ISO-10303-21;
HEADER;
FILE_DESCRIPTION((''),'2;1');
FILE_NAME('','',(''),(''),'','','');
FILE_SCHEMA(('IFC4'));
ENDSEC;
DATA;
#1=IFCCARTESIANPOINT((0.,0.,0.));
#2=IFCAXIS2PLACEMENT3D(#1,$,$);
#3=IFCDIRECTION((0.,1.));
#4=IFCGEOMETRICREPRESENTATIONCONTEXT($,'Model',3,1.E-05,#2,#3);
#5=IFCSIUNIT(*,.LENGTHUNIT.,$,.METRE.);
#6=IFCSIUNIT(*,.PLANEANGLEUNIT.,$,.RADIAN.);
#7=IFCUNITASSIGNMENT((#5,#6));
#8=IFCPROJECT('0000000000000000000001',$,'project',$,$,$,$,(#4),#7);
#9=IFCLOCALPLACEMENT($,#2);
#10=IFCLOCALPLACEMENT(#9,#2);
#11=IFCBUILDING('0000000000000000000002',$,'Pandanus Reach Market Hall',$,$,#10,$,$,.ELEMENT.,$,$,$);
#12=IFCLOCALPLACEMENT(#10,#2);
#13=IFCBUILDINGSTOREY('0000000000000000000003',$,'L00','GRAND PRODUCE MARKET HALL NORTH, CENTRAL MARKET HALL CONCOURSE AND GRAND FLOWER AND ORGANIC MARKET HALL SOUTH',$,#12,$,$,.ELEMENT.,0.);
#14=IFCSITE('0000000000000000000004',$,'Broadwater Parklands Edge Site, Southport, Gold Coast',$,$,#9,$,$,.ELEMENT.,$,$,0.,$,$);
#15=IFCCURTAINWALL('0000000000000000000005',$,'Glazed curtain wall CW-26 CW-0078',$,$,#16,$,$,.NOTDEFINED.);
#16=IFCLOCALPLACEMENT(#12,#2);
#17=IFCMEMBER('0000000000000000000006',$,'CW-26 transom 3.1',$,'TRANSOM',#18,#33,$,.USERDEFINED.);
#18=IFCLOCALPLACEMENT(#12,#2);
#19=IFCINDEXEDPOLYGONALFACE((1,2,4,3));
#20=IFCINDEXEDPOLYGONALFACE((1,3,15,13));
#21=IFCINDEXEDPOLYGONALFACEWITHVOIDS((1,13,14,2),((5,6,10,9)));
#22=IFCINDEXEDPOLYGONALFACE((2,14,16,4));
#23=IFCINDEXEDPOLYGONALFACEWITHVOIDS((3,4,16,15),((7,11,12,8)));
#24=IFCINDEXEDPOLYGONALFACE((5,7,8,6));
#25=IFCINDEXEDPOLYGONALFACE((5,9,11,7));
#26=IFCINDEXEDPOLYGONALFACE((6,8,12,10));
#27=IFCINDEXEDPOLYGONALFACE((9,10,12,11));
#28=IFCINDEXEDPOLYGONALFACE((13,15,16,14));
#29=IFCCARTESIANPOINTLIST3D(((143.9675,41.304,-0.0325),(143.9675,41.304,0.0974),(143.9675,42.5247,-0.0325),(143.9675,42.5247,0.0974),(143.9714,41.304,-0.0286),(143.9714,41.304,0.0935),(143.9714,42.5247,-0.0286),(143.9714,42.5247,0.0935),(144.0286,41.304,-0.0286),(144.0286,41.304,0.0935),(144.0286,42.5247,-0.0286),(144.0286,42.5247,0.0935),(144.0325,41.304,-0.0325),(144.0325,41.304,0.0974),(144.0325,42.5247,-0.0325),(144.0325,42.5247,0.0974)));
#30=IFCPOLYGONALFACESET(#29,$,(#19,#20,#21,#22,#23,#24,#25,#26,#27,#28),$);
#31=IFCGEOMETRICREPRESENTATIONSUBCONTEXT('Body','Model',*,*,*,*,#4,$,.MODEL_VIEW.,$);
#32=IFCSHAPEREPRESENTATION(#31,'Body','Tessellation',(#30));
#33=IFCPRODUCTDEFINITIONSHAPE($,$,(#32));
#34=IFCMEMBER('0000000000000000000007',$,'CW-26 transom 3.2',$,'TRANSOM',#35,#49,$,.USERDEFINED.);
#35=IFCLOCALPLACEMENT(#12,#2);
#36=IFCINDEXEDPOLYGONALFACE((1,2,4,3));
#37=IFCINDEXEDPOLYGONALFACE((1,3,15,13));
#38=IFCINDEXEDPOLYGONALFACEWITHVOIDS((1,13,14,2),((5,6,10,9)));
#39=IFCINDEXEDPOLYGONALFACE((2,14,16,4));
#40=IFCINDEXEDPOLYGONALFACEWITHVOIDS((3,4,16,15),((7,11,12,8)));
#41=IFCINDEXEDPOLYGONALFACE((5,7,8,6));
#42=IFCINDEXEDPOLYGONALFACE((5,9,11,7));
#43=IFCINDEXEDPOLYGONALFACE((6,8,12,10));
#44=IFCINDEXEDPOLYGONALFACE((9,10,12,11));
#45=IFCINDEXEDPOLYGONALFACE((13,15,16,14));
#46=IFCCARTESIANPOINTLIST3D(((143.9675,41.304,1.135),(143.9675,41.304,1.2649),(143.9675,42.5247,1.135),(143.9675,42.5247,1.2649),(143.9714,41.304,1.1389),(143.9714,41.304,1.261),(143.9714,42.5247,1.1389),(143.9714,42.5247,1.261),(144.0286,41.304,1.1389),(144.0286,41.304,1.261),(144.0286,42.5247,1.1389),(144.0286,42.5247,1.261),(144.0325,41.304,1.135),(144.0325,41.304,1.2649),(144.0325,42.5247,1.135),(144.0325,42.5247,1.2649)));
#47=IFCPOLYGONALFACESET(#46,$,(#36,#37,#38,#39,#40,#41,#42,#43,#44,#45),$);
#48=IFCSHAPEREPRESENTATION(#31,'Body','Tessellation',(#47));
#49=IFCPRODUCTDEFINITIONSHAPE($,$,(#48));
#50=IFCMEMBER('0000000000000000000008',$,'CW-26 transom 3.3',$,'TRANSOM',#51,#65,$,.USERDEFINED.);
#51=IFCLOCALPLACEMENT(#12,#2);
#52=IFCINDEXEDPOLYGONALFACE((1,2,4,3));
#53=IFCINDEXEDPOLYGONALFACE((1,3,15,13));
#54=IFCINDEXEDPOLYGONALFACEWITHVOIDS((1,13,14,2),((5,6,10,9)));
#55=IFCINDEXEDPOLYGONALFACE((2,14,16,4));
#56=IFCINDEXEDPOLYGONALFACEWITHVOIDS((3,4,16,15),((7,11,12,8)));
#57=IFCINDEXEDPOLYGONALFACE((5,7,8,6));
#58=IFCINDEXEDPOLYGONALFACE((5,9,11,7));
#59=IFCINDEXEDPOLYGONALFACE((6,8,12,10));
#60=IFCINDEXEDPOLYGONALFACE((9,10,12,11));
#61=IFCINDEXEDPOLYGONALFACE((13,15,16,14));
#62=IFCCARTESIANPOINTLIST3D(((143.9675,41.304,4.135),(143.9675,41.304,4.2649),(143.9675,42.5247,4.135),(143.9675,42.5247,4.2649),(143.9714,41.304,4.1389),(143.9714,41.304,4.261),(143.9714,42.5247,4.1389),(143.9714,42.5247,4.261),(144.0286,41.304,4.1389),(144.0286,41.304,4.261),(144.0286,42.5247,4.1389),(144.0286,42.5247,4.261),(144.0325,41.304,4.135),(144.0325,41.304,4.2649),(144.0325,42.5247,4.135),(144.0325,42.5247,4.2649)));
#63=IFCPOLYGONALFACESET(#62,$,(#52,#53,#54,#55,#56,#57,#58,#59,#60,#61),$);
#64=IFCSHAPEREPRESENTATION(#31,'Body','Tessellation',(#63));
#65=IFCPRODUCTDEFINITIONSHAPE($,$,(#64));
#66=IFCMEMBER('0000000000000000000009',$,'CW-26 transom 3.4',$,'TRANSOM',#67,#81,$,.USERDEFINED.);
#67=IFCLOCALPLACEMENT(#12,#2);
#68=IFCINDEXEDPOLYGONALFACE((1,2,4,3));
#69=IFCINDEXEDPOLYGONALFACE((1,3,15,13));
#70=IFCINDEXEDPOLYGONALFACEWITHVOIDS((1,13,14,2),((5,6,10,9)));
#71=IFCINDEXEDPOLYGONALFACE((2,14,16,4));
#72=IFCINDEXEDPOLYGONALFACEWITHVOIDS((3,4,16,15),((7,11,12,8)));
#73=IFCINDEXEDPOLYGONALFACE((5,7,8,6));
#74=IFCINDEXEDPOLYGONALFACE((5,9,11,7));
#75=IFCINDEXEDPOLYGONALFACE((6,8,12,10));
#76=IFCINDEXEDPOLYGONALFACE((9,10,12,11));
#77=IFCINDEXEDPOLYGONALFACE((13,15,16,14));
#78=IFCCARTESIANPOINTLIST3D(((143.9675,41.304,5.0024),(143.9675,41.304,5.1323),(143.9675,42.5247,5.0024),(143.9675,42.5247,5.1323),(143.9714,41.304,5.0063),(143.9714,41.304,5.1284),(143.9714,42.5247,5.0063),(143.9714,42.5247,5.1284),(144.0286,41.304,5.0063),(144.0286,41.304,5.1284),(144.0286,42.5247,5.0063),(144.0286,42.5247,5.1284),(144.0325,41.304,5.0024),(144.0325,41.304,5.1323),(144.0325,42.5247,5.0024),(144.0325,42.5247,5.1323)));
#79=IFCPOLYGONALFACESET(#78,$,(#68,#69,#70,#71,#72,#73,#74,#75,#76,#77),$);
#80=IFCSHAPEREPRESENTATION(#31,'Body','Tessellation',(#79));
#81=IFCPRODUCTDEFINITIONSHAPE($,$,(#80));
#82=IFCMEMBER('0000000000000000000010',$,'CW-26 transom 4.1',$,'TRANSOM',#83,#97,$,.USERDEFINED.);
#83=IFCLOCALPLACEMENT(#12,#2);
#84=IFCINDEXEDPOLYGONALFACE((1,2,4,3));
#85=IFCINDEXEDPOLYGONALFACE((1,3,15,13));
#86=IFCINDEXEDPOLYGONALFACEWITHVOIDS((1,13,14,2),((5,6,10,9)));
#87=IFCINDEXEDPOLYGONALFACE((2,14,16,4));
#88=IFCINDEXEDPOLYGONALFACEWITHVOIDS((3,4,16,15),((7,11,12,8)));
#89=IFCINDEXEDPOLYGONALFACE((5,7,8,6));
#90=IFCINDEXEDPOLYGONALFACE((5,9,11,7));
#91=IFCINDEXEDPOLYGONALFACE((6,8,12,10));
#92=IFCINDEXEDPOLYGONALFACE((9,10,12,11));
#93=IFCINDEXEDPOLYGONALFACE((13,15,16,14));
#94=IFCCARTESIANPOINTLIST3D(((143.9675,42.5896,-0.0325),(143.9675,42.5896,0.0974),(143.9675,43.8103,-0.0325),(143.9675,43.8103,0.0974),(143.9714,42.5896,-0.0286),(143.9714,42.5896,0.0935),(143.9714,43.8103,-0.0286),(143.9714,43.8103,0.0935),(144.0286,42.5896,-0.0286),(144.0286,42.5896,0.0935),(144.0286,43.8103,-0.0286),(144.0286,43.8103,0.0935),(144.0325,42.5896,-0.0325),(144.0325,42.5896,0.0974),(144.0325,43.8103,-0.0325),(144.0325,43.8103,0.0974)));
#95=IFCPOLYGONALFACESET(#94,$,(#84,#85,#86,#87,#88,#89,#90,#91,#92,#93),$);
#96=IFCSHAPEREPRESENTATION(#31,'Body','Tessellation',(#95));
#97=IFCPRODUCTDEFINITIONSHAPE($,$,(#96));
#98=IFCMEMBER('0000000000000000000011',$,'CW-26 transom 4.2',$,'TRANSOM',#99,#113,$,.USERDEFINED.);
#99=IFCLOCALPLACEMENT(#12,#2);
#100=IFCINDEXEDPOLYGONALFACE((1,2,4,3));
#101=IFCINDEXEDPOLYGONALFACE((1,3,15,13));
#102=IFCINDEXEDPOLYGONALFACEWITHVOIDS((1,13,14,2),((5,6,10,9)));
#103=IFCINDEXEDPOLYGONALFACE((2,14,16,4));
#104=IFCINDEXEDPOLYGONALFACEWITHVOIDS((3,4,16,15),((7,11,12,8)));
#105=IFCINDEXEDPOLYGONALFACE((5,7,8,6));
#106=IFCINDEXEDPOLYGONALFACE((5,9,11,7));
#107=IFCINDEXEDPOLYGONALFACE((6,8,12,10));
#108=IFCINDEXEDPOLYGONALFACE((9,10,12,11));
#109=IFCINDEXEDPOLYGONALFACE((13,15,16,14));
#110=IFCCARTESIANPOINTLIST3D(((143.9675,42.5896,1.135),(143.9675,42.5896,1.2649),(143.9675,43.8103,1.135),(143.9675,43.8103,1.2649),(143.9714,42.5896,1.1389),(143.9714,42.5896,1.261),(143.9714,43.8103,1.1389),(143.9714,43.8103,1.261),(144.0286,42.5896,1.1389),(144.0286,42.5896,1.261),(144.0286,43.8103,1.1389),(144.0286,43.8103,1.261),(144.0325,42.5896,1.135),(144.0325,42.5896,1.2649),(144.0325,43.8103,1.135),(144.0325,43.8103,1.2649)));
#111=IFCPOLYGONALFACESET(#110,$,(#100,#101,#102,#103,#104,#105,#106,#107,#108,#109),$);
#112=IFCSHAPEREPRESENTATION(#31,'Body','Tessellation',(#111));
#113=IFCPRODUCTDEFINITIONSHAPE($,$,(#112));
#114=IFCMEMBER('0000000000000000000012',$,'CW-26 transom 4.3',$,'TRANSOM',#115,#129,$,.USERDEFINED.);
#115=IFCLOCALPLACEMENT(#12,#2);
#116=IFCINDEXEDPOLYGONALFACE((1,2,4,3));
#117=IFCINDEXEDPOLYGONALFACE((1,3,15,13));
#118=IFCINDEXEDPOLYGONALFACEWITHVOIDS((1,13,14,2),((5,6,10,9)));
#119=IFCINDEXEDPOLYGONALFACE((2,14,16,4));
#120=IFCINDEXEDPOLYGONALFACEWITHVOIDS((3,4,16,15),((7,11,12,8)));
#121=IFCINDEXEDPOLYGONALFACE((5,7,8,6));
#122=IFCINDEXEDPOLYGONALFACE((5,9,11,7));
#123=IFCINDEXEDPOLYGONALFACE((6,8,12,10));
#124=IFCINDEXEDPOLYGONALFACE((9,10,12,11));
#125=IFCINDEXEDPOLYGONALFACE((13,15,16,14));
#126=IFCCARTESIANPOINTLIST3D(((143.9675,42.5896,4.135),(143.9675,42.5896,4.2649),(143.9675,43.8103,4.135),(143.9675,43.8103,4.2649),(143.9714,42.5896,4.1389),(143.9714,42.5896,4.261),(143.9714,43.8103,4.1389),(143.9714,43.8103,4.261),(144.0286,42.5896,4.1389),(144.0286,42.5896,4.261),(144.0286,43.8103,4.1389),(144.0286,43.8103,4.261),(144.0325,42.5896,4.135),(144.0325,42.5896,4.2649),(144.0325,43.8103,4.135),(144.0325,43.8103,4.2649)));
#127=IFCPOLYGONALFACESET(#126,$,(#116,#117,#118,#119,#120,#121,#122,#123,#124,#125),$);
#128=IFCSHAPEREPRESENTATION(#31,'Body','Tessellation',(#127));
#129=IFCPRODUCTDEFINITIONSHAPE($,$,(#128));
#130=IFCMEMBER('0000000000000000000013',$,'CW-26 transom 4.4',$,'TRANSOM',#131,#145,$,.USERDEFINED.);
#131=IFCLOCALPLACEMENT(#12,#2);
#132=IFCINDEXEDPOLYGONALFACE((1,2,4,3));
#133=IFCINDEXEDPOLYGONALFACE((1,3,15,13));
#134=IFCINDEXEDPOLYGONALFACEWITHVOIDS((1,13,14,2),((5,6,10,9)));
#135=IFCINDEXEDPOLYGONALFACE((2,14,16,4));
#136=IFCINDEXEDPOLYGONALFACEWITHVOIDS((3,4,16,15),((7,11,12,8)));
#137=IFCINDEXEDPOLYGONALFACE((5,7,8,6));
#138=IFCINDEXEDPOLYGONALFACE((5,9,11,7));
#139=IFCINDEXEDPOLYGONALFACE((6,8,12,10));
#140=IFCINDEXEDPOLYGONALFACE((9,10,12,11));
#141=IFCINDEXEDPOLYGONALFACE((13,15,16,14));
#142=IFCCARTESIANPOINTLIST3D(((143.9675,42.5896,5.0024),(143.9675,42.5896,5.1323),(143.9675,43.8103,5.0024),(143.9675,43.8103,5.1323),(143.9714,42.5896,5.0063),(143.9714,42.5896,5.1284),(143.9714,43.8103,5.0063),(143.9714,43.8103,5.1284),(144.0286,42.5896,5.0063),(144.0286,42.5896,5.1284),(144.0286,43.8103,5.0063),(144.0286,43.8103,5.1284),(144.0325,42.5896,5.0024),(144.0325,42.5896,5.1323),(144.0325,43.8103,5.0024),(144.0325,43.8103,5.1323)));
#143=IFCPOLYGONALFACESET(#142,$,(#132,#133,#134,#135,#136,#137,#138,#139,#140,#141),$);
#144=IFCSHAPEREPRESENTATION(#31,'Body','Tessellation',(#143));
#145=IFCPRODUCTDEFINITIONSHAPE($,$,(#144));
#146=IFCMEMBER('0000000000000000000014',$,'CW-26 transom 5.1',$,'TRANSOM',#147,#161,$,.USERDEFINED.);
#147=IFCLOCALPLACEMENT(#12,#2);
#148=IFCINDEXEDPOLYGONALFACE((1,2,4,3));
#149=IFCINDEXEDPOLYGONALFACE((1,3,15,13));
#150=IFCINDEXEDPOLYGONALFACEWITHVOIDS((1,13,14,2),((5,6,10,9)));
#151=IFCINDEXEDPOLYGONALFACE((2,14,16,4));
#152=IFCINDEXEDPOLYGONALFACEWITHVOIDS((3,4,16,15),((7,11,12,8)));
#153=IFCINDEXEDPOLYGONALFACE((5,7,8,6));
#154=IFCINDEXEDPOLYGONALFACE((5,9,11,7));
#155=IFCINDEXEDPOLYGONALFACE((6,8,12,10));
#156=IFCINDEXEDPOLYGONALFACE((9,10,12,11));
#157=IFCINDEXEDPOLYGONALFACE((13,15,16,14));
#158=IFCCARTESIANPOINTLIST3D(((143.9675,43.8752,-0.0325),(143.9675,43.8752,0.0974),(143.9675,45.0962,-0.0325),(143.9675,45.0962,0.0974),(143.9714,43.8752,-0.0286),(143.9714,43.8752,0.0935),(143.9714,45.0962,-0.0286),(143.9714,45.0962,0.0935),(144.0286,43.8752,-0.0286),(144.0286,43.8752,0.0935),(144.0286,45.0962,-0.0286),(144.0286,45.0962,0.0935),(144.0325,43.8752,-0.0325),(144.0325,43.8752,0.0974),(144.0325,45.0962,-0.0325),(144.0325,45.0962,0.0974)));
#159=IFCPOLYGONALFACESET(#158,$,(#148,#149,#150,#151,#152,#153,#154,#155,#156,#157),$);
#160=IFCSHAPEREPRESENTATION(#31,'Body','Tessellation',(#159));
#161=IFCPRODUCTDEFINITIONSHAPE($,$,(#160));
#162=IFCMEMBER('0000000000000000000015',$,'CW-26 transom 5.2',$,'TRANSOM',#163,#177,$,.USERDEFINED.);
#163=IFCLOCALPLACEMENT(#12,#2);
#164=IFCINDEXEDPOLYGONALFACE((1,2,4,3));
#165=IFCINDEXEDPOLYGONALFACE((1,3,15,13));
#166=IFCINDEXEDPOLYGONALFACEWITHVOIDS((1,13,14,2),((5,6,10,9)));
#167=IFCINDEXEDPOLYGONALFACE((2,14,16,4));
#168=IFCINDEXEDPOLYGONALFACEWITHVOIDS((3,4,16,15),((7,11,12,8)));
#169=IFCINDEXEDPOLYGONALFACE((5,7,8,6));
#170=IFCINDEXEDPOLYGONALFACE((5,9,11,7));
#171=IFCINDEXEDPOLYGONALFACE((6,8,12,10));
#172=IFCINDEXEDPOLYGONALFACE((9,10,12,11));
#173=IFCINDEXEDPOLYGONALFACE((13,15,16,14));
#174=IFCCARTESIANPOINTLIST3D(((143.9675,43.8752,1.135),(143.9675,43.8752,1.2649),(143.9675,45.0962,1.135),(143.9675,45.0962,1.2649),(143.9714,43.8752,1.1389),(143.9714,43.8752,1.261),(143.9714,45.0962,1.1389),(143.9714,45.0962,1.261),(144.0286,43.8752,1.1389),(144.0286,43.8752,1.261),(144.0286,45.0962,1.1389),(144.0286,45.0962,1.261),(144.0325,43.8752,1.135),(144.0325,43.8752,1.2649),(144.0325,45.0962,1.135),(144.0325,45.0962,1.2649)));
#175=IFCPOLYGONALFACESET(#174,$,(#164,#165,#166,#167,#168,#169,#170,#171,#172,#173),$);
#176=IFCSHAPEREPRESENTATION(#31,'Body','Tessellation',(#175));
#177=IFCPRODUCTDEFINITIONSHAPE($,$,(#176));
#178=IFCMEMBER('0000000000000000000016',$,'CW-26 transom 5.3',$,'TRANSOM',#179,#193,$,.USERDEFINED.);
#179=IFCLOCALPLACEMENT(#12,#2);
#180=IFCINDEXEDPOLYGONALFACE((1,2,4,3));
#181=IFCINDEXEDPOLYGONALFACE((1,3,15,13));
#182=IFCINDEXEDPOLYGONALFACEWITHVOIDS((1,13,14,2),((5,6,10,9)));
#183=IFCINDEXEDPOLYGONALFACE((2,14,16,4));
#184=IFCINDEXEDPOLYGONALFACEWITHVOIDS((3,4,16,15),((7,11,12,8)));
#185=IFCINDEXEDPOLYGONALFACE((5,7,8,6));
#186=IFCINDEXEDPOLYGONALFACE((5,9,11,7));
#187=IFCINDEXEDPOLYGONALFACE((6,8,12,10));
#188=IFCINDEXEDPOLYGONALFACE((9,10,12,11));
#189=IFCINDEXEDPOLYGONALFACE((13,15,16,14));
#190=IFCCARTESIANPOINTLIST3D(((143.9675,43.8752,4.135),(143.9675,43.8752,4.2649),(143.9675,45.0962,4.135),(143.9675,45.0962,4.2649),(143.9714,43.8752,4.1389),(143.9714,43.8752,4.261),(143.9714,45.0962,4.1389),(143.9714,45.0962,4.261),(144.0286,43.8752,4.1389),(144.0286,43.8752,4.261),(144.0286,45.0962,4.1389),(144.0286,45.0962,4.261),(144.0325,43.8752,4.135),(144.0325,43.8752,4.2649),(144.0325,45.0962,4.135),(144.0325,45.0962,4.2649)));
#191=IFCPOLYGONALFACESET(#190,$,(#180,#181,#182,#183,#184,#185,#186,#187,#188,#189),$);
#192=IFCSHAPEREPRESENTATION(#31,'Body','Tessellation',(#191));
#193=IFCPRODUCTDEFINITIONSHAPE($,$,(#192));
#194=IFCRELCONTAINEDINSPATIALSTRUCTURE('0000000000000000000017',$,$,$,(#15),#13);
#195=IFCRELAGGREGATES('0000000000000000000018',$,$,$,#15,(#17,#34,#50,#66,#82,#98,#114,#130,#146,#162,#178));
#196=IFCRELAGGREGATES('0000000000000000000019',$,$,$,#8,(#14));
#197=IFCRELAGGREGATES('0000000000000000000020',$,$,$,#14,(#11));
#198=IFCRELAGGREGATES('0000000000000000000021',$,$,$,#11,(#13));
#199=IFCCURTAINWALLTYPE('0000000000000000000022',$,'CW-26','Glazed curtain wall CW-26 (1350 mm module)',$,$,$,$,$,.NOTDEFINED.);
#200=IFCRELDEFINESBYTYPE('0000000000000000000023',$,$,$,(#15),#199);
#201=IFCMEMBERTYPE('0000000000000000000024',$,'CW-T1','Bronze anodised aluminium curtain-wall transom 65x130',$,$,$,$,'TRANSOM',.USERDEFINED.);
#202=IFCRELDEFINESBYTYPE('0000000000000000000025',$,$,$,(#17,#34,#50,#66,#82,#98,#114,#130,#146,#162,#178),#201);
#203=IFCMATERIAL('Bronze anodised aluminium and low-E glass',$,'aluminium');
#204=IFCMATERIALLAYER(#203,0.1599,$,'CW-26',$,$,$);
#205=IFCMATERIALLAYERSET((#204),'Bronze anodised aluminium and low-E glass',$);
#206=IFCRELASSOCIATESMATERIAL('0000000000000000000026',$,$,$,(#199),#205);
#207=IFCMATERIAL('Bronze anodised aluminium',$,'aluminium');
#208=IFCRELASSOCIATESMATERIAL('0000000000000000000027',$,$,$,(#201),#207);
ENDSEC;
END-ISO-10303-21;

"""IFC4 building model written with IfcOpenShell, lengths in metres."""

from ifc_helpers import new_model, si_unit, direction, frame, origin, origin_2d, place, context, subcontext, project, spatial, hollow_rectangle, extrude, material, layer, layer_set, material_profile, profile_set, type_object, element, aggregate, save


model = new_model("IFC4")

# Units and contexts
model_context = context("Model", 3, precision=1e-05, world=origin(), true_north=direction((0.0, 1.0)))
body_context = subcontext(model_context, "Body", "Model", "MODEL_VIEW")
ifc_project = project(units=[si_unit("LENGTHUNIT", "METRE"), si_unit("PLANEANGLEUNIT", "RADIAN")], contexts=[model_context])

# Site, building, storey
site_placement = place(None, origin())
site = spatial("IfcSite", under=ifc_project, at=site_placement, Name="Broadwater Parklands Edge Site, Southport, Gold Coast", CompositionType="ELEMENT", RefElevation=0.0)
building_placement = place(site_placement, origin())
building = spatial("IfcBuilding", under=site, at=building_placement, Name="Pandanus Reach Market Hall", CompositionType="ELEMENT")
storey_placement = place(building_placement, origin())
storey = spatial("IfcBuildingStorey", under=building, at=storey_placement, Name="L00", Description="GRAND PRODUCE MARKET HALL NORTH, CENTRAL MARKET HALL CONCOURSE AND GRAND FLOWER AND ORGANIC MARKET HALL SOUTH", CompositionType="ELEMENT", Elevation=0.0)

# Curtain wall, members
ifc_material_1 = material(Name="Bronze anodised aluminium and low-E glass", Category="aluminium")
ifc_layer_1 = layer(ifc_material_1, 0.1599, Name="CW-26")
ifc_layer_set_1 = layer_set([ifc_layer_1], Name="Bronze anodised aluminium and low-E glass")
curtain_wall_type = type_object("IfcCurtainWallType", Name="CW-26", Description="Glazed curtain wall CW-26 (1350 mm module)", PredefinedType="NOTDEFINED", material=ifc_layer_set_1)
curtain_wall_placement = place(storey_placement, origin())
curtain_wall = element("IfcCurtainWall", 1, at=curtain_wall_placement, inside=storey, type_object=curtain_wall_type, Name="Glazed curtain wall CW-26 CW-0078", PredefinedType="NOTDEFINED")
ifc_material_2 = material(Name="Bronze anodised aluminium", Category="aluminium")
ifc_material_profile_1 = material_profile(ifc_material_2, hollow_rectangle(XDim=0.0649, YDim=0.1299, WallThickness=0.0039, at=origin_2d()), Name="ALU65x130", Category="LoadBearing")
ifc_profile_set_1 = profile_set([ifc_material_profile_1], Name="Bronze anodised aluminium")
member_type_1 = type_object("IfcMemberType", Name="CW-T1", Description="Bronze anodised aluminium curtain-wall transom 65x130", ElementType="TRANSOM", PredefinedType="USERDEFINED", material=ifc_profile_set_1)
member_1_placement = place(storey_placement, frame((144.0, 41.304, 0.0325), z_axis=(0.0, 1.0, 0.0), x_axis=(-1.0, 0.0, 0.0)))
member_1 = element("IfcMember", 2, at=member_1_placement, type_object=member_type_1, Name="CW-26 transom 3.1", ObjectType="TRANSOM", PredefinedType="USERDEFINED", context=body_context, shape_type="SweptSolid", body=[
    extrude(hollow_rectangle(XDim=0.0649, YDim=0.1299, WallThickness=0.0039, at=origin_2d()), origin(), (0.0, 0.0, 1.0), 1.2207),
])
member_2_placement = place(storey_placement, frame((144.0, 41.304, 1.2), z_axis=(0.0, 1.0, 0.0), x_axis=(-1.0, 0.0, 0.0)))
member_2 = element("IfcMember", 3, at=member_2_placement, type_object=member_type_1, Name="CW-26 transom 3.2", ObjectType="TRANSOM", PredefinedType="USERDEFINED", context=body_context, shape_type="SweptSolid", body=[
    extrude(hollow_rectangle(XDim=0.0649, YDim=0.1299, WallThickness=0.0039, at=origin_2d()), origin(), (0.0, 0.0, 1.0), 1.2207),
])
member_3_placement = place(storey_placement, frame((144.0, 41.304, 4.2), z_axis=(0.0, 1.0, 0.0), x_axis=(-1.0, 0.0, 0.0)))
member_3 = element("IfcMember", 4, at=member_3_placement, type_object=member_type_1, Name="CW-26 transom 3.3", ObjectType="TRANSOM", PredefinedType="USERDEFINED", context=body_context, shape_type="SweptSolid", body=[
    extrude(hollow_rectangle(XDim=0.0649, YDim=0.1299, WallThickness=0.0039, at=origin_2d()), origin(), (0.0, 0.0, 1.0), 1.2207),
])
member_4_placement = place(storey_placement, frame((144.0, 41.304, 5.0674), z_axis=(0.0, 1.0, 0.0), x_axis=(-1.0, 0.0, 0.0)))
member_4 = element("IfcMember", 5, at=member_4_placement, type_object=member_type_1, Name="CW-26 transom 3.4", ObjectType="TRANSOM", PredefinedType="USERDEFINED", context=body_context, shape_type="SweptSolid", body=[
    extrude(hollow_rectangle(XDim=0.0649, YDim=0.1299, WallThickness=0.0039, at=origin_2d()), origin(), (0.0, 0.0, 1.0), 1.2207),
])
member_5_placement = place(storey_placement, frame((144.0, 42.5896, 0.0325), z_axis=(0.0, 1.0, 0.0), x_axis=(-1.0, 0.0, 0.0)))
member_5 = element("IfcMember", 6, at=member_5_placement, type_object=member_type_1, Name="CW-26 transom 4.1", ObjectType="TRANSOM", PredefinedType="USERDEFINED", context=body_context, shape_type="SweptSolid", body=[
    extrude(hollow_rectangle(XDim=0.0649, YDim=0.1299, WallThickness=0.0039, at=origin_2d()), origin(), (0.0, 0.0, 1.0), 1.2207),
])
member_6_placement = place(storey_placement, frame((144.0, 42.5896, 1.2), z_axis=(0.0, 1.0, 0.0), x_axis=(-1.0, 0.0, 0.0)))
member_6 = element("IfcMember", 7, at=member_6_placement, type_object=member_type_1, Name="CW-26 transom 4.2", ObjectType="TRANSOM", PredefinedType="USERDEFINED", context=body_context, shape_type="SweptSolid", body=[
    extrude(hollow_rectangle(XDim=0.0649, YDim=0.1299, WallThickness=0.0039, at=origin_2d()), origin(), (0.0, 0.0, 1.0), 1.2207),
])
member_7_placement = place(storey_placement, frame((144.0, 42.5896, 4.2), z_axis=(0.0, 1.0, 0.0), x_axis=(-1.0, 0.0, 0.0)))
member_7 = element("IfcMember", 8, at=member_7_placement, type_object=member_type_1, Name="CW-26 transom 4.3", ObjectType="TRANSOM", PredefinedType="USERDEFINED", context=body_context, shape_type="SweptSolid", body=[
    extrude(hollow_rectangle(XDim=0.0649, YDim=0.1299, WallThickness=0.0039, at=origin_2d()), origin(), (0.0, 0.0, 1.0), 1.2207),
])
member_8_placement = place(storey_placement, frame((144.0, 42.5896, 5.0674), z_axis=(0.0, 1.0, 0.0), x_axis=(-1.0, 0.0, 0.0)))
member_8 = element("IfcMember", 9, at=member_8_placement, type_object=member_type_1, Name="CW-26 transom 4.4", ObjectType="TRANSOM", PredefinedType="USERDEFINED", context=body_context, shape_type="SweptSolid", body=[
    extrude(hollow_rectangle(XDim=0.0649, YDim=0.1299, WallThickness=0.0039, at=origin_2d()), origin(), (0.0, 0.0, 1.0), 1.2207),
])
member_9_placement = place(storey_placement, frame((144.0, 43.8752, 0.0325), z_axis=(0.0, 1.0, 0.0), x_axis=(-1.0, 0.0, 0.0)))
member_9 = element("IfcMember", 10, at=member_9_placement, type_object=member_type_1, Name="CW-26 transom 5.1", ObjectType="TRANSOM", PredefinedType="USERDEFINED", context=body_context, shape_type="SweptSolid", body=[
    extrude(hollow_rectangle(XDim=0.0649, YDim=0.1299, WallThickness=0.0039, at=origin_2d()), origin(), (0.0, 0.0, 1.0), 1.2209),
])
member_10_placement = place(storey_placement, frame((144.0, 43.8752, 1.2), z_axis=(0.0, 1.0, 0.0), x_axis=(-1.0, 0.0, 0.0)))
member_10 = element("IfcMember", 11, at=member_10_placement, type_object=member_type_1, Name="CW-26 transom 5.2", ObjectType="TRANSOM", PredefinedType="USERDEFINED", context=body_context, shape_type="SweptSolid", body=[
    extrude(hollow_rectangle(XDim=0.0649, YDim=0.1299, WallThickness=0.0039, at=origin_2d()), origin(), (0.0, 0.0, 1.0), 1.2209),
])
member_11_placement = place(storey_placement, frame((144.0, 43.8752, 4.2), z_axis=(0.0, 1.0, 0.0), x_axis=(-1.0, 0.0, 0.0)))
member_11 = element("IfcMember", 12, at=member_11_placement, type_object=member_type_1, Name="CW-26 transom 5.3", ObjectType="TRANSOM", PredefinedType="USERDEFINED", context=body_context, shape_type="SweptSolid", body=[
    extrude(hollow_rectangle(XDim=0.0649, YDim=0.1299, WallThickness=0.0039, at=origin_2d()), origin(), (0.0, 0.0, 1.0), 1.2209),
])
aggregate(curtain_wall, [member_1, member_2, member_3, member_4, member_5, member_6, member_7, member_8, member_9, member_10, member_11])

save(model, "model.ifc")
